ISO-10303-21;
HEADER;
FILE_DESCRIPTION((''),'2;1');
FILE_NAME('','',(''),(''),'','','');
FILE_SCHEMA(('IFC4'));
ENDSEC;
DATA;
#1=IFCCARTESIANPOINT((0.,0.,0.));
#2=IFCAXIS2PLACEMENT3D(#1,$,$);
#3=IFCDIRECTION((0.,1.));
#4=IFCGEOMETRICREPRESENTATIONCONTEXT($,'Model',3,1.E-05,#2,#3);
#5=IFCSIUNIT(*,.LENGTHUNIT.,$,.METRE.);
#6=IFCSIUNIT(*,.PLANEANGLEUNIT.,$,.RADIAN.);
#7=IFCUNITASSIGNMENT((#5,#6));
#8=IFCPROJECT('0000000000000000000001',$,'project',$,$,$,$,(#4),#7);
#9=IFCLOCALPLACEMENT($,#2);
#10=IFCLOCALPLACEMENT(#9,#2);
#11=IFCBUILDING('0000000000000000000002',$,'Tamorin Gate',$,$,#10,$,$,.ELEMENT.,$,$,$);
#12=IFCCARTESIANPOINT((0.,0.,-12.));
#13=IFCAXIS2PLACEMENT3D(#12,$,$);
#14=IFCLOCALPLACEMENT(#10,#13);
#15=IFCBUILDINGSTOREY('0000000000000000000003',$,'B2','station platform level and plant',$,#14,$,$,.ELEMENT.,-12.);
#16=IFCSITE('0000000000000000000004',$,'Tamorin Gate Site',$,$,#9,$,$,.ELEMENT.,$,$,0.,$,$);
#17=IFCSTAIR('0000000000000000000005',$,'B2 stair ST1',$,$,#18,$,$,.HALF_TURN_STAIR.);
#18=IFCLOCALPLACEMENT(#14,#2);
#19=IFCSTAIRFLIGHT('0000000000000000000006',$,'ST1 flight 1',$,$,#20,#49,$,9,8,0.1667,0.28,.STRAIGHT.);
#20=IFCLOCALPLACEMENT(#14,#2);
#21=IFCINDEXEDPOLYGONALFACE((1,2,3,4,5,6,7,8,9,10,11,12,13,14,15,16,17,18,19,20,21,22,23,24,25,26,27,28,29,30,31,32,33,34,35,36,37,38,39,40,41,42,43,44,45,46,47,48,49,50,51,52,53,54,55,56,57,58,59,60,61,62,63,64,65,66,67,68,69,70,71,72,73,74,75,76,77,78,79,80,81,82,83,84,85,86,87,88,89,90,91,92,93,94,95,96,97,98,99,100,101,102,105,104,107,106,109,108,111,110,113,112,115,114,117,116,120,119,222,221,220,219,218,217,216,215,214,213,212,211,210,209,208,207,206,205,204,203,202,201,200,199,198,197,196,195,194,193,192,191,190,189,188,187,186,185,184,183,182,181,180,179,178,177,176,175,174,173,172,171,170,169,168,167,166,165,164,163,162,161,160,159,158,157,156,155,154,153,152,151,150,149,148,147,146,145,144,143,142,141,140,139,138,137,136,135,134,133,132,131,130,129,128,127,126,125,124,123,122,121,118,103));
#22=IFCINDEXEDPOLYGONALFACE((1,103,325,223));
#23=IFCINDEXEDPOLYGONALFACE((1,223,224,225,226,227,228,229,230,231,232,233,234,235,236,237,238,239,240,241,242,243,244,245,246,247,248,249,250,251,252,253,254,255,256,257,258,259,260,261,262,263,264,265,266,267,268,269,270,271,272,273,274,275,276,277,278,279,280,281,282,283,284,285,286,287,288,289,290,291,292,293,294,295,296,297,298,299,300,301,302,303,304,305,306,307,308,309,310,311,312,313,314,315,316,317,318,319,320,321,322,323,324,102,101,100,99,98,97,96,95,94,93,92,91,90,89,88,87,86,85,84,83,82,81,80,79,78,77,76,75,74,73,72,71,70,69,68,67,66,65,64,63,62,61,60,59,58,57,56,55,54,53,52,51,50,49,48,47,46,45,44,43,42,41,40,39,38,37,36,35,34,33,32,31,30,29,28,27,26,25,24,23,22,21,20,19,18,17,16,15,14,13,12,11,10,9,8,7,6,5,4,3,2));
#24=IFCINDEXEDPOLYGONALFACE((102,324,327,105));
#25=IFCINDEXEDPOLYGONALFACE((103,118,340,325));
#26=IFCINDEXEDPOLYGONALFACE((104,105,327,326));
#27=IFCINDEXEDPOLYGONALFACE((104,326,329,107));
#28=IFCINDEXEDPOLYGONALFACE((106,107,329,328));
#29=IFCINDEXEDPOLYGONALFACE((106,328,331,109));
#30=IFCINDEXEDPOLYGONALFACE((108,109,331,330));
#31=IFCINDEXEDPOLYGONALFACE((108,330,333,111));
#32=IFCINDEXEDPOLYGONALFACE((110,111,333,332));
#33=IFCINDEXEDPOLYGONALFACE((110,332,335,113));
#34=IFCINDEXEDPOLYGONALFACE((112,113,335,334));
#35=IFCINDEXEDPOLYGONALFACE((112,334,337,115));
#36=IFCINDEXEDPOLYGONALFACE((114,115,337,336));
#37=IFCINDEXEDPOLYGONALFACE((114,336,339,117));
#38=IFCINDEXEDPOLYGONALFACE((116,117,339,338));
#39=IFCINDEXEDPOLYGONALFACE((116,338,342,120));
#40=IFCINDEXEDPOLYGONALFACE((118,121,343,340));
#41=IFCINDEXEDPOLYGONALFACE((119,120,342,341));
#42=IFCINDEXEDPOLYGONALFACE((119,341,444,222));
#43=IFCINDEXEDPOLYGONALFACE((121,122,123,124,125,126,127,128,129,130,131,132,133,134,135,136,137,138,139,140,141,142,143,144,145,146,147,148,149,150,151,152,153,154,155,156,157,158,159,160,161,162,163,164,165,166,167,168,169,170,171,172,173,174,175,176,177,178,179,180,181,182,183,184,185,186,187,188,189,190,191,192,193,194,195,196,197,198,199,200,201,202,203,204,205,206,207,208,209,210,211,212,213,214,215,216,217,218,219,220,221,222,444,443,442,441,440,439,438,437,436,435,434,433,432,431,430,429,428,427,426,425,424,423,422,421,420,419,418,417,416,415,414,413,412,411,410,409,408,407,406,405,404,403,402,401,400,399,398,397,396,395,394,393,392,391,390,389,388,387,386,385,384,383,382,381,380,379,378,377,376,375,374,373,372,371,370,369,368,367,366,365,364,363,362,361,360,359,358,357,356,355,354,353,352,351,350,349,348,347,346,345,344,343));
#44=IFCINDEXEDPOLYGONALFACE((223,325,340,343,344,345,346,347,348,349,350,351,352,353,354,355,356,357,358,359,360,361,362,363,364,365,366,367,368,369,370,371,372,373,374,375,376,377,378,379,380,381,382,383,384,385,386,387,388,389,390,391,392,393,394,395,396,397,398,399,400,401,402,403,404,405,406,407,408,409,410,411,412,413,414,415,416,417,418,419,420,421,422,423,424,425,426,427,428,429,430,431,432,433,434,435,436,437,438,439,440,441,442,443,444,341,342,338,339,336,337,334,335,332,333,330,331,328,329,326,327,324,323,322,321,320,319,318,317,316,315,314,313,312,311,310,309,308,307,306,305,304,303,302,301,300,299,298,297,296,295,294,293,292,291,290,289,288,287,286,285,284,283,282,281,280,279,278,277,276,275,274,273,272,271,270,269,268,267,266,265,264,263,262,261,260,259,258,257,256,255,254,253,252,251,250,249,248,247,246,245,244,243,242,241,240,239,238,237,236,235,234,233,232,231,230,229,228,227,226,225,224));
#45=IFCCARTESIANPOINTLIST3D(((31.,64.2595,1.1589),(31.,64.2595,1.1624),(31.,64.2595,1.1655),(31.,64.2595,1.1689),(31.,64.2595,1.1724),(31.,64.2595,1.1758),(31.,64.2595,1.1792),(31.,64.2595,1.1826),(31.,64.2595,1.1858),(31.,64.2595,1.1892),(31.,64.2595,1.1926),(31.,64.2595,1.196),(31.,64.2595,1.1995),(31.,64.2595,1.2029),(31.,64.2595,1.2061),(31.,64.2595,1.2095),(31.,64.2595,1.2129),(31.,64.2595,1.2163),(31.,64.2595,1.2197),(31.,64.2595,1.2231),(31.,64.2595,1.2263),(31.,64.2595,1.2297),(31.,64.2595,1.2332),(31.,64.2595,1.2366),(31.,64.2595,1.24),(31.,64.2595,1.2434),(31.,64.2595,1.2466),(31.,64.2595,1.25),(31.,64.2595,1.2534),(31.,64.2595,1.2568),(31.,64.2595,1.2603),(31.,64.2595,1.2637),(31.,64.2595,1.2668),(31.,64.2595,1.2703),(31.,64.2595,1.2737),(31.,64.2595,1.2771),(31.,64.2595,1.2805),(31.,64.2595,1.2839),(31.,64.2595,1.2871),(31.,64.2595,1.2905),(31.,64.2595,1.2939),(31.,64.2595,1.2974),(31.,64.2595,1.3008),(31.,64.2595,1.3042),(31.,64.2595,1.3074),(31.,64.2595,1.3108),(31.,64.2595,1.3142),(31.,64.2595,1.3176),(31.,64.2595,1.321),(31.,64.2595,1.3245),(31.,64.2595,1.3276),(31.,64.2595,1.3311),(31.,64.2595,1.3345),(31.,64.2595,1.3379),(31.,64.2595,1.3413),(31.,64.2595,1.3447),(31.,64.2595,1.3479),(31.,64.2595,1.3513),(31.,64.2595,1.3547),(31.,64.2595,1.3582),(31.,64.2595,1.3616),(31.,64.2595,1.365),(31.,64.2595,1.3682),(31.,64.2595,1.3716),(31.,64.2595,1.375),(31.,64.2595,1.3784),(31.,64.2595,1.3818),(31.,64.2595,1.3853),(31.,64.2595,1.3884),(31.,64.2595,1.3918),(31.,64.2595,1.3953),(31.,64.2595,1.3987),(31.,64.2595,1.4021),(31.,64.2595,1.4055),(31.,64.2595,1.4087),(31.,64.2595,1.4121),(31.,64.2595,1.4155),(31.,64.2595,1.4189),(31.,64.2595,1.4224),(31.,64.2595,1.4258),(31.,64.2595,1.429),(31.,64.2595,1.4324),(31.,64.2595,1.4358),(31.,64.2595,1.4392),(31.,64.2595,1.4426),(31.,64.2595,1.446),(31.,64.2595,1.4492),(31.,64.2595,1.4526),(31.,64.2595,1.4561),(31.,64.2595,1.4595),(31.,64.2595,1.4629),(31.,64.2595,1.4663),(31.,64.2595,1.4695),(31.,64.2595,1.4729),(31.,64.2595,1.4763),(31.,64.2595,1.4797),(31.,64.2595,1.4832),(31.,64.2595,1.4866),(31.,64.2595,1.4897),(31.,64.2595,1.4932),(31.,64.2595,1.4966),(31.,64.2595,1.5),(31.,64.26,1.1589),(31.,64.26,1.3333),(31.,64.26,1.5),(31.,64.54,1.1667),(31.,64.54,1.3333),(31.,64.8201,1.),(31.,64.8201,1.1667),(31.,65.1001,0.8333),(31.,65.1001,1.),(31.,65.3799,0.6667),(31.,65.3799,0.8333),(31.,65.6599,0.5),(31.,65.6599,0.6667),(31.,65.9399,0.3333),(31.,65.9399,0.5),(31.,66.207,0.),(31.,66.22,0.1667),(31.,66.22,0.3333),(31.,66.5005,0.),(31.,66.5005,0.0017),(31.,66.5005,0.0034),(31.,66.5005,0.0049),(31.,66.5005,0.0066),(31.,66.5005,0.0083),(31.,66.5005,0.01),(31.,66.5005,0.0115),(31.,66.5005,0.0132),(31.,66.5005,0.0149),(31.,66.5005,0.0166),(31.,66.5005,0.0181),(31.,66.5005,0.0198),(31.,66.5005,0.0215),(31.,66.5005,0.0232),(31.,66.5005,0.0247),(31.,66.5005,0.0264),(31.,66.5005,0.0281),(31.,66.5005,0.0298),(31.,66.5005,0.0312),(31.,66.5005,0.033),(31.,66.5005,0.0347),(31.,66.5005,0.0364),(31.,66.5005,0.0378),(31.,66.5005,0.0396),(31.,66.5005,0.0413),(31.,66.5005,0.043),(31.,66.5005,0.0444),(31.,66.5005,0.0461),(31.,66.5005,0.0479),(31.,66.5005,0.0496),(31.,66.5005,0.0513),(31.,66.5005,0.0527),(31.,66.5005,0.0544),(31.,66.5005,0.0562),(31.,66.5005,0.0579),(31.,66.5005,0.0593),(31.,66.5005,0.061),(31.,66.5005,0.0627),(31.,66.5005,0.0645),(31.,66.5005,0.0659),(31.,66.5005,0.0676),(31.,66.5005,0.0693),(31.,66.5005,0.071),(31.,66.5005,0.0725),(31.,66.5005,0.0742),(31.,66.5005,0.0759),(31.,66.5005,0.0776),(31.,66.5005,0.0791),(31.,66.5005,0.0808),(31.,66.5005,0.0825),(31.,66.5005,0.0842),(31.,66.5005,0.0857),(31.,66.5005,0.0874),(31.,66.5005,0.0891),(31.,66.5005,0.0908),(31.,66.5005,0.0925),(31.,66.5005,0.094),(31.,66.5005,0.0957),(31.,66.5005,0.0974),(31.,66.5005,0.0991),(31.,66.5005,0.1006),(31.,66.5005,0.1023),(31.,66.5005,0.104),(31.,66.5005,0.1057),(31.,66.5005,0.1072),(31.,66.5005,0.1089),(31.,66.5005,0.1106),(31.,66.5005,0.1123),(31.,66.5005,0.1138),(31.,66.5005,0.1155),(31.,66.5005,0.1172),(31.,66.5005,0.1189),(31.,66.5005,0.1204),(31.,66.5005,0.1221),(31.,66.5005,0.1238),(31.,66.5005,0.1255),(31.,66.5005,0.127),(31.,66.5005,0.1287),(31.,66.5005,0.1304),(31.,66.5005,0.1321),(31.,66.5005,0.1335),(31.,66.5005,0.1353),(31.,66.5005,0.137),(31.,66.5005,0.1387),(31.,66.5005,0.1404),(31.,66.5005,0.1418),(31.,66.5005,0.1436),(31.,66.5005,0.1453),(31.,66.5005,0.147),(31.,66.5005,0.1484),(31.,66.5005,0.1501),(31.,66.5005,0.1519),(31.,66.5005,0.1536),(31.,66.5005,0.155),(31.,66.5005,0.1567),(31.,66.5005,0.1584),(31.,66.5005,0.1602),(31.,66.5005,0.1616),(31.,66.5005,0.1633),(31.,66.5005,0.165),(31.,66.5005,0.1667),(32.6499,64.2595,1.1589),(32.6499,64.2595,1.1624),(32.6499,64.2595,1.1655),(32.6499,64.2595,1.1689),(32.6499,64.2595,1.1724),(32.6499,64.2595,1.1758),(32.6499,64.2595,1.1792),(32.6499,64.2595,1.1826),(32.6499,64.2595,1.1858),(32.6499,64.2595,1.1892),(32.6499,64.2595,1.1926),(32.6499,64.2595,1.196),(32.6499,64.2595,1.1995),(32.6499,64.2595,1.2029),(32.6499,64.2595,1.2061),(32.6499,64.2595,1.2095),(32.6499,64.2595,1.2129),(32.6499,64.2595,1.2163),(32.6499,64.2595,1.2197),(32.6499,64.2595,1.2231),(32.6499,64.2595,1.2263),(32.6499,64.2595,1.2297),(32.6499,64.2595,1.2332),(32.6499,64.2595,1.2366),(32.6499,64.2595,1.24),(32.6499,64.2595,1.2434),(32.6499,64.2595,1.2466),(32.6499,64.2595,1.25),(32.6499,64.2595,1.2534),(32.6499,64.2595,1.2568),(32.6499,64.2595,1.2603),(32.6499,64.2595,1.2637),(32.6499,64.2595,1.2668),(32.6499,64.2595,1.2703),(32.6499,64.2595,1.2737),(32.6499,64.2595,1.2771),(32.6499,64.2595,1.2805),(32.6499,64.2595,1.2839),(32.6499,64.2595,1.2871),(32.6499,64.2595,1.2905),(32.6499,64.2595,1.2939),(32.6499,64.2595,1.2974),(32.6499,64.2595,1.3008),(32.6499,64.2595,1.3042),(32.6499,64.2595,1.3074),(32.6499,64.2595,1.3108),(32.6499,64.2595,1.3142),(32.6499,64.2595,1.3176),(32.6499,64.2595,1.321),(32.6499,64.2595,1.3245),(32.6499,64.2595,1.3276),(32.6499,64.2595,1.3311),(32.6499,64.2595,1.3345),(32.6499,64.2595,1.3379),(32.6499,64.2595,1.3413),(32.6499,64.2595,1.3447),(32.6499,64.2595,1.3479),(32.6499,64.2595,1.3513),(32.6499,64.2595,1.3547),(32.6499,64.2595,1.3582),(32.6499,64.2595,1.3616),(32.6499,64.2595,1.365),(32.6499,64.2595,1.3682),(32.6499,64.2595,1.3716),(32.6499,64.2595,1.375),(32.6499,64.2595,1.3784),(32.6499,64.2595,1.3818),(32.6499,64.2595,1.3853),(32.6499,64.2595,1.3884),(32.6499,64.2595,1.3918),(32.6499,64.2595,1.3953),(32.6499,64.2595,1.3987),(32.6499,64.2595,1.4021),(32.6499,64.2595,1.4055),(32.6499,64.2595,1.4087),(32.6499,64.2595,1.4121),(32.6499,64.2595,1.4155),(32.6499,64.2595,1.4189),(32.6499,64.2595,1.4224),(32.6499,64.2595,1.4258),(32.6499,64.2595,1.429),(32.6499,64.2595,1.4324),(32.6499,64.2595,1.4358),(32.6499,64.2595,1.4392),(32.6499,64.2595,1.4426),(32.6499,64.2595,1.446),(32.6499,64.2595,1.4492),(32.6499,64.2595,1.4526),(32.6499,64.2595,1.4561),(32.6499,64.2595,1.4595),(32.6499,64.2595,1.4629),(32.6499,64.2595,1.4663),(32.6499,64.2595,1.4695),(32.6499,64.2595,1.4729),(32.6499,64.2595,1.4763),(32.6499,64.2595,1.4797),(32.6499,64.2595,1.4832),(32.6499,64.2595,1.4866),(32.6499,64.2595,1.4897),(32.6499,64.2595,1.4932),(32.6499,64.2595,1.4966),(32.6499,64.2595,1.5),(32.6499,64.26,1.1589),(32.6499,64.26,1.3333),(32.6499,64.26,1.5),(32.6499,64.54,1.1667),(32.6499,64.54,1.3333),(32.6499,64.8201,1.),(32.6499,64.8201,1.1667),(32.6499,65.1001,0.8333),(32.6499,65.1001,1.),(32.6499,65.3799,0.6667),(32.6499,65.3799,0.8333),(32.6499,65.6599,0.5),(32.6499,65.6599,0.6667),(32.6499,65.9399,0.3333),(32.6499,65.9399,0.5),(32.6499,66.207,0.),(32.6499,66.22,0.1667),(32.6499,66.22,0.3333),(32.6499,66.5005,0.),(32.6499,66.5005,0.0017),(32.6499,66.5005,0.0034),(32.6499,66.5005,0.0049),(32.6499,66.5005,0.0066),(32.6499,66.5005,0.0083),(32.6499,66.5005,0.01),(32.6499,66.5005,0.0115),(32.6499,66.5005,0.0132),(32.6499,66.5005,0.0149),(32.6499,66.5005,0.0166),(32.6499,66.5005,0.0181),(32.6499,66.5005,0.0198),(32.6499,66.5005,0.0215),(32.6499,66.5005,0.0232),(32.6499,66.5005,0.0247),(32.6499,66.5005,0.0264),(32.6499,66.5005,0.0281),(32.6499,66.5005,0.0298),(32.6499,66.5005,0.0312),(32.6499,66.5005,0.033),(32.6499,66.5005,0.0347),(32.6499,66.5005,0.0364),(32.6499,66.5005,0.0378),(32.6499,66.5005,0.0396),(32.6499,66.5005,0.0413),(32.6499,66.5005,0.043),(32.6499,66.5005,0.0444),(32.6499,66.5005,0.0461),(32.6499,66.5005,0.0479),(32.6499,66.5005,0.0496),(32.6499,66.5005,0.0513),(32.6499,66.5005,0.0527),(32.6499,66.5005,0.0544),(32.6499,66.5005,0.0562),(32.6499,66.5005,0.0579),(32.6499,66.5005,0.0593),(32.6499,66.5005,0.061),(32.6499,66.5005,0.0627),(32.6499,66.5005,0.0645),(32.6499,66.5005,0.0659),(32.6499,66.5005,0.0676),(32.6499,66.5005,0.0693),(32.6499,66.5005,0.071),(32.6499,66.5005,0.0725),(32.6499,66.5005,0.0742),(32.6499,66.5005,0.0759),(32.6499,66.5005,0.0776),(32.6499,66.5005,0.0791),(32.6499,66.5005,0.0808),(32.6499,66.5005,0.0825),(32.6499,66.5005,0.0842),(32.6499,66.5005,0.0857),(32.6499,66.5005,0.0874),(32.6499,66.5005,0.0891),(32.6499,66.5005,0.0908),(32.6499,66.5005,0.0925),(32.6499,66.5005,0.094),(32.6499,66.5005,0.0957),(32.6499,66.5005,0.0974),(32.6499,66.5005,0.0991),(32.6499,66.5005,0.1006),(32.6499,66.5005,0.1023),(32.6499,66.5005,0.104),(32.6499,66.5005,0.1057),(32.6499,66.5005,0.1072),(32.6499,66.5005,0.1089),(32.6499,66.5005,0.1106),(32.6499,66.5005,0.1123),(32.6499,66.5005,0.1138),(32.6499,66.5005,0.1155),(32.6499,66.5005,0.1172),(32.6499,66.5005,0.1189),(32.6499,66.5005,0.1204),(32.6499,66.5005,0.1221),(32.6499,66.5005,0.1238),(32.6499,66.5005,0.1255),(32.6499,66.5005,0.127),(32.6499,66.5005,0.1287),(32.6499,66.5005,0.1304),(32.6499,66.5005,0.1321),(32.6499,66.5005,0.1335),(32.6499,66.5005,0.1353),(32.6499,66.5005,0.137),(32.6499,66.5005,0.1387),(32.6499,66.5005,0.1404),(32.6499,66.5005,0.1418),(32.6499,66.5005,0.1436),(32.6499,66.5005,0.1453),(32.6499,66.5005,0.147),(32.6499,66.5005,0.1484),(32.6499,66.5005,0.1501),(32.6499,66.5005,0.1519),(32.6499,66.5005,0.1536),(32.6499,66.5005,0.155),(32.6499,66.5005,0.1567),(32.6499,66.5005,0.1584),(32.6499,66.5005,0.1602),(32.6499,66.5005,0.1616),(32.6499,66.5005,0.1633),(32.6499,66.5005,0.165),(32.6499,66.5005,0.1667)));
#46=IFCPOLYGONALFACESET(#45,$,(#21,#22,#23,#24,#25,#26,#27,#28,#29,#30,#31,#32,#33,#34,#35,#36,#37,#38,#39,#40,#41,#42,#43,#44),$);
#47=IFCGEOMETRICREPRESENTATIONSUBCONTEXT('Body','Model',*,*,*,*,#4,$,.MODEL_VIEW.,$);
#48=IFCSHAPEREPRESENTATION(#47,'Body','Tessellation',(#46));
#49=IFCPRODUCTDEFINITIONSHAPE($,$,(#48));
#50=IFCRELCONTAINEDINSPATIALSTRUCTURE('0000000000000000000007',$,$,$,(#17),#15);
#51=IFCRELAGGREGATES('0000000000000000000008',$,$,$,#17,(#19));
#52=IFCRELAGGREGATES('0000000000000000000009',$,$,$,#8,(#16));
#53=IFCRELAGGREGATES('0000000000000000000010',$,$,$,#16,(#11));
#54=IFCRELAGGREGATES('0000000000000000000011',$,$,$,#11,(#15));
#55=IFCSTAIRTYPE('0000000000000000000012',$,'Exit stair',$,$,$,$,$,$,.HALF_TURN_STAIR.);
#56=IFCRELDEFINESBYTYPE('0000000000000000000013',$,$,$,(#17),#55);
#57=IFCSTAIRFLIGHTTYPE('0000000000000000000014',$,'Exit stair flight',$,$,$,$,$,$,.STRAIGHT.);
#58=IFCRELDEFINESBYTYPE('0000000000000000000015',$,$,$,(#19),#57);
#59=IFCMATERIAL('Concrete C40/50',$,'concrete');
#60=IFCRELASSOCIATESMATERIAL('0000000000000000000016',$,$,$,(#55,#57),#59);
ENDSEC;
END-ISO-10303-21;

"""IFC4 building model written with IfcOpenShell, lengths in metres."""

from ifc_helpers import new_model, si_unit, direction, frame, origin, place, context, subcontext, project, spatial, polyline, outline, extrude, material, type_object, element, aggregate, save


model = new_model("IFC4")

# Units and contexts
model_context = context("Model", 3, precision=1e-05, world=origin(), true_north=direction((0.0, 1.0)))
body_context = subcontext(model_context, "Body", "Model", "MODEL_VIEW")
ifc_project = project(units=[si_unit("LENGTHUNIT", "METRE"), si_unit("PLANEANGLEUNIT", "RADIAN")], contexts=[model_context])

# Site, building, storey
site_placement = place(None, origin())
site = spatial("IfcSite", under=ifc_project, at=site_placement, Name="Tamorin Gate Site", CompositionType="ELEMENT", RefElevation=0.0)
building_placement = place(site_placement, origin())
building = spatial("IfcBuilding", under=site, at=building_placement, Name="Tamorin Gate", CompositionType="ELEMENT")
storey_placement = place(building_placement, frame((0.0, 0.0, -12.0)))
storey = spatial("IfcBuildingStorey", under=building, at=storey_placement, Name="B2", Description="station platform level and plant", CompositionType="ELEMENT", Elevation=-12.0)

# Shared definitions
ifc_material_1 = material(Name="Concrete C40/50", Category="concrete")

# Stair, stair flight
stair_type = type_object("IfcStairType", Name="Exit stair", PredefinedType="HALF_TURN_STAIR", material=ifc_material_1)
stair_placement = place(storey_placement, origin())
stair = element("IfcStair", 1, at=stair_placement, inside=storey, type_object=stair_type, Name="B2 stair ST1", PredefinedType="HALF_TURN_STAIR")
stair_flight_type = type_object("IfcStairFlightType", Name="Exit stair flight", PredefinedType="STRAIGHT", material=ifc_material_1)
stair_flight_1_placement = place(storey_placement, frame((31.825, 66.5, 0.0), z_axis=(0.0, 0.0, 1.0), x_axis=(0.0, -1.0, 0.0)))
stair_flight_1 = element("IfcStairFlight", 2, at=stair_flight_1_placement, type_object=stair_flight_type, Name="ST1 flight 1", NumberOfRisers=9, NumberOfTreads=8, PredefinedType="STRAIGHT", RiserHeight=0.1667, TreadLength=0.28, context=body_context, shape_type="SweptSolid", body=[
    extrude(outline(polyline([(-0.0005, 0.0), (-0.0005, 0.0017), (-0.0005, 0.0034), (-0.0005, 0.0049), (-0.0005, 0.0066), (-0.0005, 0.0083), (-0.0005, 0.01), (-0.0005, 0.0115), (-0.0005, 0.0132), (-0.0005, 0.0149), (-0.0005, 0.0166), (-0.0005, 0.0181), (-0.0005, 0.0198), (-0.0005, 0.0215), (-0.0005, 0.0232), (-0.0005, 0.0247), (-0.0005, 0.0264), (-0.0005, 0.0281), (-0.0005, 0.0298), (-0.0005, 0.0312), (-0.0005, 0.033), (-0.0005, 0.0347), (-0.0005, 0.0364), (-0.0005, 0.0378), (-0.0005, 0.0396), (-0.0005, 0.0413), (-0.0005, 0.043), (-0.0005, 0.0444), (-0.0005, 0.0461), (-0.0005, 0.0479), (-0.0005, 0.0496), (-0.0005, 0.0513), (-0.0005, 0.0527), (-0.0005, 0.0544), (-0.0005, 0.0562), (-0.0005, 0.0579), (-0.0005, 0.0593), (-0.0005, 0.061), (-0.0005, 0.0627), (-0.0005, 0.0645), (-0.0005, 0.0659), (-0.0005, 0.0676), (-0.0005, 0.0693), (-0.0005, 0.071), (-0.0005, 0.0725), (-0.0005, 0.0742), (-0.0005, 0.0759), (-0.0005, 0.0776), (-0.0005, 0.0791), (-0.0005, 0.0808), (-0.0005, 0.0825), (-0.0005, 0.0842), (-0.0005, 0.0857), (-0.0005, 0.0874), (-0.0005, 0.0891), (-0.0005, 0.0908), (-0.0005, 0.0925), (-0.0005, 0.094), (-0.0005, 0.0957), (-0.0005, 0.0974), (-0.0005, 0.0991), (-0.0005, 0.1006), (-0.0005, 0.1023), (-0.0005, 0.104), (-0.0005, 0.1057), (-0.0005, 0.1072), (-0.0005, 0.1089), (-0.0005, 0.1106), (-0.0005, 0.1123), (-0.0005, 0.1138), (-0.0005, 0.1155), (-0.0005, 0.1172), (-0.0005, 0.1189), (-0.0005, 0.1204), (-0.0005, 0.1221), (-0.0005, 0.1238), (-0.0005, 0.1255), (-0.0005, 0.127), (-0.0005, 0.1287), (-0.0005, 0.1304), (-0.0005, 0.1321), (-0.0005, 0.1335), (-0.0005, 0.1353), (-0.0005, 0.137), (-0.0005, 0.1387), (-0.0005, 0.1404), (-0.0005, 0.1418), (-0.0005, 0.1436), (-0.0005, 0.1453), (-0.0005, 0.147), (-0.0005, 0.1484), (-0.0005, 0.1501), (-0.0005, 0.1519), (-0.0005, 0.1536), (-0.0005, 0.155), (-0.0005, 0.1567), (-0.0005, 0.1584), (-0.0005, 0.1602), (-0.0005, 0.1616), (-0.0005, 0.1633), (-0.0005, 0.165), (-0.0005, 0.1667), (0.28, 0.1667), (0.28, 0.3333), (0.5601, 0.3333), (0.5601, 0.5), (0.8401, 0.5), (0.8401, 0.6667), (1.1201, 0.6667), (1.1201, 0.8333), (1.3999, 0.8333), (1.3999, 1.0), (1.6799, 1.0), (1.6799, 1.1667), (1.96, 1.1667), (1.96, 1.3333), (2.24, 1.3333), (2.24, 1.5), (2.2405, 1.5), (2.2405, 1.4966), (2.2405, 1.4932), (2.2405, 1.4897), (2.2405, 1.4866), (2.2405, 1.4832), (2.2405, 1.4797), (2.2405, 1.4763), (2.2405, 1.4729), (2.2405, 1.4695), (2.2405, 1.4663), (2.2405, 1.4629), (2.2405, 1.4595), (2.2405, 1.4561), (2.2405, 1.4526), (2.2405, 1.4492), (2.2405, 1.446), (2.2405, 1.4426), (2.2405, 1.4392), (2.2405, 1.4358), (2.2405, 1.4324), (2.2405, 1.429), (2.2405, 1.4258), (2.2405, 1.4224), (2.2405, 1.4189), (2.2405, 1.4155), (2.2405, 1.4121), (2.2405, 1.4087), (2.2405, 1.4055), (2.2405, 1.4021), (2.2405, 1.3987), (2.2405, 1.3953), (2.2405, 1.3918), (2.2405, 1.3884), (2.2405, 1.3853), (2.2405, 1.3818), (2.2405, 1.3784), (2.2405, 1.375), (2.2405, 1.3716), (2.2405, 1.3682), (2.2405, 1.365), (2.2405, 1.3616), (2.2405, 1.3582), (2.2405, 1.3547), (2.2405, 1.3513), (2.2405, 1.3479), (2.2405, 1.3447), (2.2405, 1.3413), (2.2405, 1.3379), (2.2405, 1.3345), (2.2405, 1.3311), (2.2405, 1.3276), (2.2405, 1.3245), (2.2405, 1.321), (2.2405, 1.3176), (2.2405, 1.3142), (2.2405, 1.3108), (2.2405, 1.3074), (2.2405, 1.3042), (2.2405, 1.3008), (2.2405, 1.2974), (2.2405, 1.2939), (2.2405, 1.2905), (2.2405, 1.2871), (2.2405, 1.2839), (2.2405, 1.2805), (2.2405, 1.2771), (2.2405, 1.2737), (2.2405, 1.2703), (2.2405, 1.2668), (2.2405, 1.2637), (2.2405, 1.2603), (2.2405, 1.2568), (2.2405, 1.2534), (2.2405, 1.25), (2.2405, 1.2466), (2.2405, 1.2434), (2.2405, 1.24), (2.2405, 1.2366), (2.2405, 1.2332), (2.2405, 1.2297), (2.2405, 1.2263), (2.2405, 1.2231), (2.2405, 1.2197), (2.2405, 1.2163), (2.2405, 1.2129), (2.2405, 1.2095), (2.2405, 1.2061), (2.2405, 1.2029), (2.2405, 1.1995), (2.2405, 1.196), (2.2405, 1.1926), (2.2405, 1.1892), (2.2405, 1.1858), (2.2405, 1.1826), (2.2405, 1.1792), (2.2405, 1.1758), (2.2405, 1.1724), (2.2405, 1.1689), (2.2405, 1.1655), (2.2405, 1.1624), (2.2405, 1.1589), (2.24, 1.1589), (0.293, 0.0), (-0.0005, 0.0)])), frame((0.0, 0.825, 0.0), z_axis=(0.0, -1.0, 0.0), x_axis=(1.0, 0.0, 0.0)), (0.0, 0.0, 1.0), 1.6499),
])
aggregate(stair, [stair_flight_1])

save(model, "model.ifc")
